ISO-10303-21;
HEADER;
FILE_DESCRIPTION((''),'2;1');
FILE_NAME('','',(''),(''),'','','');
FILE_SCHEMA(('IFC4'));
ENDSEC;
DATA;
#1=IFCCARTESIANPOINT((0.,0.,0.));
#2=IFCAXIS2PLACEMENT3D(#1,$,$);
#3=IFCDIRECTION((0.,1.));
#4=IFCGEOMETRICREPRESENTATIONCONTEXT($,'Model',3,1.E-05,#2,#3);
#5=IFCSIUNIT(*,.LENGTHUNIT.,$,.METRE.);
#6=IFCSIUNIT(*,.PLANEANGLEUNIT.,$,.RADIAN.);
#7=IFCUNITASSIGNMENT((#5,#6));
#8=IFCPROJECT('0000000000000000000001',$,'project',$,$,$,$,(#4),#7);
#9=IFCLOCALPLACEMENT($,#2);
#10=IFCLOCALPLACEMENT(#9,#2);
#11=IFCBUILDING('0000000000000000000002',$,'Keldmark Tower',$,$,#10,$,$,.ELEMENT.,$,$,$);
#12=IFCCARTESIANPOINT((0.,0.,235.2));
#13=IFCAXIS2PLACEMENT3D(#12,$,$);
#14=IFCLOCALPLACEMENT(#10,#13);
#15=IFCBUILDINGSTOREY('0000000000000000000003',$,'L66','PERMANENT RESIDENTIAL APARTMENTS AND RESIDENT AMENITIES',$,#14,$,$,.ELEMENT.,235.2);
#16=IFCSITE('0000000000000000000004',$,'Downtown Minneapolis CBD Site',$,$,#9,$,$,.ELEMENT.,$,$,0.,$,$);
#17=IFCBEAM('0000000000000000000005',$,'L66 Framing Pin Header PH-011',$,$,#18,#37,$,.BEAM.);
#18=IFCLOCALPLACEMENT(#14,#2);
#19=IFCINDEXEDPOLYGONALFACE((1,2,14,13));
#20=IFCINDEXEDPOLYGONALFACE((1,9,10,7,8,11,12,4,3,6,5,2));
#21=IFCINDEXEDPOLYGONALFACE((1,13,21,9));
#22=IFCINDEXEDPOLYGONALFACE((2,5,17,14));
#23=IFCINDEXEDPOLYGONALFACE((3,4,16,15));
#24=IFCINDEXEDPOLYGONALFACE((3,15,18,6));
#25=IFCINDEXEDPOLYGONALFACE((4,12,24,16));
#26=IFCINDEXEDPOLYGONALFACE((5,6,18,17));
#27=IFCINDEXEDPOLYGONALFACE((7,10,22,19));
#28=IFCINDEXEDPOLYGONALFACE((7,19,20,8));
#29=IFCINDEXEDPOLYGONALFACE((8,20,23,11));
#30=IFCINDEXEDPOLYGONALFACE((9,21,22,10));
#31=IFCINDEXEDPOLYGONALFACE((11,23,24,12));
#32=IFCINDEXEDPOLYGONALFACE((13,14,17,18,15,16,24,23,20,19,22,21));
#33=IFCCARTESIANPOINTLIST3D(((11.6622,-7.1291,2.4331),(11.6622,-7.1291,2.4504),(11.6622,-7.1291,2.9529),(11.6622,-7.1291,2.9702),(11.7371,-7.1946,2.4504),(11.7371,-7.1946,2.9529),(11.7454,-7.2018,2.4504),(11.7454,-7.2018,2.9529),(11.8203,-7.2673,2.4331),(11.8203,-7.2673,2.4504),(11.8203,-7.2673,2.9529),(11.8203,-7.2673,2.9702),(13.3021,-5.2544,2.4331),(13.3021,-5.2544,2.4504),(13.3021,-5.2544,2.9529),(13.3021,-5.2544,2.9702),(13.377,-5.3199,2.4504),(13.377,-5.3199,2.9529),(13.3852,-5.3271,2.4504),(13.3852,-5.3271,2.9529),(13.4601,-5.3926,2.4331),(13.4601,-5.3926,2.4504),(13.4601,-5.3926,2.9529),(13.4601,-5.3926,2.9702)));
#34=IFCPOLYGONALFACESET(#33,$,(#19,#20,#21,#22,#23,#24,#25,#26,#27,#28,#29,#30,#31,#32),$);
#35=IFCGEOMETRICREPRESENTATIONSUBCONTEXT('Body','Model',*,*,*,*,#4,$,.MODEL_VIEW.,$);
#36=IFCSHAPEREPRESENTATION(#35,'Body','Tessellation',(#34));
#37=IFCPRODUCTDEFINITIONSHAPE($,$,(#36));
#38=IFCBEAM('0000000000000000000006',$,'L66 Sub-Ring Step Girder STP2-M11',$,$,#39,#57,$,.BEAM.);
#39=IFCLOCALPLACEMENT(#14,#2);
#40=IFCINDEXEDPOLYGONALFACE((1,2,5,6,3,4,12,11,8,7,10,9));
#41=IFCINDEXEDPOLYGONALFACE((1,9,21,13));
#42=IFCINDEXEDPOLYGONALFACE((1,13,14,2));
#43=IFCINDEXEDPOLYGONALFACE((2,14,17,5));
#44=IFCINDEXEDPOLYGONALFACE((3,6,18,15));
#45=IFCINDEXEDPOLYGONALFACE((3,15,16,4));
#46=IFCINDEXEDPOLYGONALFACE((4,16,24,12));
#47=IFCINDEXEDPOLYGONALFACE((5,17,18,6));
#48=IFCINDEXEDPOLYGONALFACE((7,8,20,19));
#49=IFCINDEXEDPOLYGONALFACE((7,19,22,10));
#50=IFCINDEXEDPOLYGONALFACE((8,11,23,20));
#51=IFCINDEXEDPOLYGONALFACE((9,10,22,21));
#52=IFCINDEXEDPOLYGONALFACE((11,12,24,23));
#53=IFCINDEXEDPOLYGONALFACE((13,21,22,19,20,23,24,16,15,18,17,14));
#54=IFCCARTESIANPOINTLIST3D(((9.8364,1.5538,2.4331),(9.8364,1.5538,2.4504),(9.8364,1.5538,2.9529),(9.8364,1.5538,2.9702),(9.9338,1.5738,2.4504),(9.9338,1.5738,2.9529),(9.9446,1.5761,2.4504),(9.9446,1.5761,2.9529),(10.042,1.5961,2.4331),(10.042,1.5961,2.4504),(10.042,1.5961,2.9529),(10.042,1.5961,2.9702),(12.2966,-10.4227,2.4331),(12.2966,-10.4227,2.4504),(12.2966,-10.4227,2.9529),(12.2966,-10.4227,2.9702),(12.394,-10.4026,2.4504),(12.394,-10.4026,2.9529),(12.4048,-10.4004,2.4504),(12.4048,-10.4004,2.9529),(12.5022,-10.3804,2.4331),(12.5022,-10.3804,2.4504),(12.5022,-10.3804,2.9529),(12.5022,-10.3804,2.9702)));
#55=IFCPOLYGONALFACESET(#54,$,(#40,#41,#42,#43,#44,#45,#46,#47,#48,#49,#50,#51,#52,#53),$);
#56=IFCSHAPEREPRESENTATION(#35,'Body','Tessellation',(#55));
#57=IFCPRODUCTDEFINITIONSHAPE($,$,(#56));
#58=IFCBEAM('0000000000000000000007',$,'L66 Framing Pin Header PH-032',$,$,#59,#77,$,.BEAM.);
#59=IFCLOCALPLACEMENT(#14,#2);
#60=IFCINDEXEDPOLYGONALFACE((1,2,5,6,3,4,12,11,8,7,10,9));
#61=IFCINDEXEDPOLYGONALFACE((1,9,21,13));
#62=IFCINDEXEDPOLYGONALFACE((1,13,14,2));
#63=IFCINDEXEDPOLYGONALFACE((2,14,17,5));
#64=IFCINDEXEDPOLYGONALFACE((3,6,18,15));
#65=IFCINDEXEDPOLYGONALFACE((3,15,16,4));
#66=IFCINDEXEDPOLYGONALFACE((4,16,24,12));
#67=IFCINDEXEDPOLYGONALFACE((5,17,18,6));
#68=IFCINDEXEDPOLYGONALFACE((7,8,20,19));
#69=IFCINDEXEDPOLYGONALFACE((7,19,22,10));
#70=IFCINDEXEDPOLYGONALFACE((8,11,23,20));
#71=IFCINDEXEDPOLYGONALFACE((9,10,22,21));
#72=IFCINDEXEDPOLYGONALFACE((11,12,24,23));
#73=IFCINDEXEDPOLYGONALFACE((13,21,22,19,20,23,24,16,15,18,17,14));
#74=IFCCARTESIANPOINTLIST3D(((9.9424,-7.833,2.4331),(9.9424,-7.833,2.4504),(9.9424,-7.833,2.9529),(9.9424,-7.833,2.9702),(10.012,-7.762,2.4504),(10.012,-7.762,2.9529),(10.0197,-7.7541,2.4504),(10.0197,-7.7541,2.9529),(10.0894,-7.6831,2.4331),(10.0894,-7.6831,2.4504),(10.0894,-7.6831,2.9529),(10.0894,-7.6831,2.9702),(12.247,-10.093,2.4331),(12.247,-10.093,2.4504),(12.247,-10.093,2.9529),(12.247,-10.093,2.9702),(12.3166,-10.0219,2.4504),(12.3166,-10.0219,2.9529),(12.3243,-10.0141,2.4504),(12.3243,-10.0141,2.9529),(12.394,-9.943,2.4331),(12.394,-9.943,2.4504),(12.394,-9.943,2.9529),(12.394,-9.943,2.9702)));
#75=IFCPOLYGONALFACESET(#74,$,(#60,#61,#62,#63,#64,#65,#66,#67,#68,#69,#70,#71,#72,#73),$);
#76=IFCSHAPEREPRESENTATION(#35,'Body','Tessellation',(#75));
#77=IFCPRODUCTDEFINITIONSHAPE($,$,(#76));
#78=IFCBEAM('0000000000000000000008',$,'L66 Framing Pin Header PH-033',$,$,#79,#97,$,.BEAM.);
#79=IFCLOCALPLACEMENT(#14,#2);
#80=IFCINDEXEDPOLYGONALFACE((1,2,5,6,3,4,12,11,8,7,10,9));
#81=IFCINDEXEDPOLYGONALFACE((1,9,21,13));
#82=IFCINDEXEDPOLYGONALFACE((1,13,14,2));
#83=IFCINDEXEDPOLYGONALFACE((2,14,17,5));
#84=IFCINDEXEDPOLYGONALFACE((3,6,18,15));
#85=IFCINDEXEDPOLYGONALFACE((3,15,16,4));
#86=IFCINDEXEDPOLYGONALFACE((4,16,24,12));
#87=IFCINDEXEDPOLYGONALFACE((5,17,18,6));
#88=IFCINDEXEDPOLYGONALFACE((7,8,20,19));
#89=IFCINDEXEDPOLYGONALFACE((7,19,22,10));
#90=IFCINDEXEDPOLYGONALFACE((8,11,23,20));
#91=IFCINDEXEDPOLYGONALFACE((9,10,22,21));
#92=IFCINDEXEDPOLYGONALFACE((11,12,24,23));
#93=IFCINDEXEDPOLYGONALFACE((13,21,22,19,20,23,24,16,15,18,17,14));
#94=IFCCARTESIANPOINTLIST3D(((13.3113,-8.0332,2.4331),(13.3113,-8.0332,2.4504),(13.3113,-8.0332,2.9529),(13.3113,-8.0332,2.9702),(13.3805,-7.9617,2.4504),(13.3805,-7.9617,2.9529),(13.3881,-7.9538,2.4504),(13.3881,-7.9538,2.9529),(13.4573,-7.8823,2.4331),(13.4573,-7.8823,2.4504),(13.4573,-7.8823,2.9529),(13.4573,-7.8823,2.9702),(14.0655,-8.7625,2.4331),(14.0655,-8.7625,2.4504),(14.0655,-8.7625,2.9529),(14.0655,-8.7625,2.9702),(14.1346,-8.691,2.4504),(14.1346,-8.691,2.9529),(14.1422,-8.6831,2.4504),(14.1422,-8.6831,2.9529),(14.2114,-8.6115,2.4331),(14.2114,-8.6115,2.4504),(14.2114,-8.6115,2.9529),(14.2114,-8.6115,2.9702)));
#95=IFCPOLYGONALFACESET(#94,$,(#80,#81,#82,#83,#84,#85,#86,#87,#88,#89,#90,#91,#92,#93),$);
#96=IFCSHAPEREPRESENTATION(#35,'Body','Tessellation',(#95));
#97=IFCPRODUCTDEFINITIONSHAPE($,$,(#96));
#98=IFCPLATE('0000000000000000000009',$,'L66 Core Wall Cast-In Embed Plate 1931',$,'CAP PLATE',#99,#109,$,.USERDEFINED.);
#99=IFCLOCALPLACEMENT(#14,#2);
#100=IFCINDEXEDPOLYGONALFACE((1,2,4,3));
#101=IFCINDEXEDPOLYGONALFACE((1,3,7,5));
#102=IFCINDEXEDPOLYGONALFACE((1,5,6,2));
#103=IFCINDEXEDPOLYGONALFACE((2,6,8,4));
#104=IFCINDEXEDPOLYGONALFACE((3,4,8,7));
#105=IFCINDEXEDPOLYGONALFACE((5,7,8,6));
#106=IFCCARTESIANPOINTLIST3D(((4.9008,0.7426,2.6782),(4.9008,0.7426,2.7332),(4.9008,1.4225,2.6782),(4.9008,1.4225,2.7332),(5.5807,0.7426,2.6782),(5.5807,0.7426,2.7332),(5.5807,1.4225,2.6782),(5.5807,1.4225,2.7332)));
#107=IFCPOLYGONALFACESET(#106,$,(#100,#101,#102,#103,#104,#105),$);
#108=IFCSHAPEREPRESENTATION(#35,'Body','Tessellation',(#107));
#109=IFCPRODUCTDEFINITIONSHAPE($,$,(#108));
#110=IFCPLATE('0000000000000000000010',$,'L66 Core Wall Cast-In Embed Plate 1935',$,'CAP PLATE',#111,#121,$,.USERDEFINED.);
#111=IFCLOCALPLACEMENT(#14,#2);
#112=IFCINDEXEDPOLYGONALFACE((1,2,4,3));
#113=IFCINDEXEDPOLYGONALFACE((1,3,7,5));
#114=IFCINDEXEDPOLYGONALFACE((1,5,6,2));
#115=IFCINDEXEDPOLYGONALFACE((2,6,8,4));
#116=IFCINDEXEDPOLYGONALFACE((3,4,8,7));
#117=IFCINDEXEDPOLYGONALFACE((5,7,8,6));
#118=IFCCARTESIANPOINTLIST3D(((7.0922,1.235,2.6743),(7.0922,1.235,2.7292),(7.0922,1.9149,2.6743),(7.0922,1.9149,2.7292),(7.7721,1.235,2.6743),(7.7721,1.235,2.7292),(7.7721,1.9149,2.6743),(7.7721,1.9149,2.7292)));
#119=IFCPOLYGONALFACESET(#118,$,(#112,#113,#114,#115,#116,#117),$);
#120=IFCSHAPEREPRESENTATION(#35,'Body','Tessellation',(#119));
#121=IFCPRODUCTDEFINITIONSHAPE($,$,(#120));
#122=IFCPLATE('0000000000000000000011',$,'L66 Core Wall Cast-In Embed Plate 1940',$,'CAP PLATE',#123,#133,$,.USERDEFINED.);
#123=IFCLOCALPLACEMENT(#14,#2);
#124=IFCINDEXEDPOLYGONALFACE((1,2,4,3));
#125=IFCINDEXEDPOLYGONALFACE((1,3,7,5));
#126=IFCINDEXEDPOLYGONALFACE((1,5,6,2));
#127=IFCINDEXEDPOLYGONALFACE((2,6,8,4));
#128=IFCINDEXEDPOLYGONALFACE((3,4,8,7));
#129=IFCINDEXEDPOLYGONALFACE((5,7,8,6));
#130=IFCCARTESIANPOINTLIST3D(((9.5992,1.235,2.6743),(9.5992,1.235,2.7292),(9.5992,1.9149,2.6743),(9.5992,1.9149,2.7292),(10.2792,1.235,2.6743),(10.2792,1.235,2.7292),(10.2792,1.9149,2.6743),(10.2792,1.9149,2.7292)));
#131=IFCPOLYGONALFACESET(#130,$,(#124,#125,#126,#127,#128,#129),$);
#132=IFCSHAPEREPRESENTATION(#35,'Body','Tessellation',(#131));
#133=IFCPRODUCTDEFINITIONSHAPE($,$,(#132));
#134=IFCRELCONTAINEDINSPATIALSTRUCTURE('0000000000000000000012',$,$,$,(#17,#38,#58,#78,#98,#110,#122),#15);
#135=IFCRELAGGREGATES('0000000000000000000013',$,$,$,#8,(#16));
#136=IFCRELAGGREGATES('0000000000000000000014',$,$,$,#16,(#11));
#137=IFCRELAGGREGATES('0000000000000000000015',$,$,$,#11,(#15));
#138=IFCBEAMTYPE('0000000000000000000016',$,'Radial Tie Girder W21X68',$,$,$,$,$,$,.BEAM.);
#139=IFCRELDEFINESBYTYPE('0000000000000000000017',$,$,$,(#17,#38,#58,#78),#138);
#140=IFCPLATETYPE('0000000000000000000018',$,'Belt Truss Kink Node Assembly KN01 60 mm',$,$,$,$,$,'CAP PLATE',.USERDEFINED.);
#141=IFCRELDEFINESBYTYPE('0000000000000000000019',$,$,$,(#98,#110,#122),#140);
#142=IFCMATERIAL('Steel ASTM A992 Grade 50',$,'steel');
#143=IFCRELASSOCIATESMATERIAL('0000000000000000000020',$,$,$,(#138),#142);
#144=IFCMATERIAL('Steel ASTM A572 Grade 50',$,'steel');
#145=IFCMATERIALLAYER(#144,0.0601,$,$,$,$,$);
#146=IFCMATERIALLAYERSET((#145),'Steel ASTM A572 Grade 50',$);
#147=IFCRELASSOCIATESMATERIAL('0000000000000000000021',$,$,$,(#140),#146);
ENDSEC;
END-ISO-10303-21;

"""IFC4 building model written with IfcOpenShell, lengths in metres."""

from ifc_helpers import new_model, si_unit, direction, frame, origin, origin_2d, place, context, subcontext, project, spatial, rectangle, i_section, extrude, material, layer, layer_set, material_profile, profile_set, type_object, element, save


model = new_model("IFC4")

# Units and contexts
model_context = context("Model", 3, precision=1e-05, world=origin(), true_north=direction((0.0, 1.0)))
body_context = subcontext(model_context, "Body", "Model", "MODEL_VIEW")
ifc_project = project(units=[si_unit("LENGTHUNIT", "METRE"), si_unit("PLANEANGLEUNIT", "RADIAN")], contexts=[model_context])

# Site, building, storey
site_placement = place(None, origin())
site = spatial("IfcSite", under=ifc_project, at=site_placement, Name="Downtown Minneapolis CBD Site", CompositionType="ELEMENT", RefElevation=0.0)
building_placement = place(site_placement, origin())
building = spatial("IfcBuilding", under=site, at=building_placement, Name="Keldmark Tower", CompositionType="ELEMENT")
storey_placement = place(building_placement, frame((0.0, 0.0, 235.2)))
storey = spatial("IfcBuildingStorey", under=building, at=storey_placement, Name="L66", Description="PERMANENT RESIDENTIAL APARTMENTS AND RESIDENT AMENITIES", CompositionType="ELEMENT", Elevation=235.2)

# Beams
ifc_material_1 = material(Name="Steel ASTM A992 Grade 50", Category="steel")
ifc_material_profile_1 = material_profile(ifc_material_1, i_section(OverallWidth=0.21, OverallDepth=0.5371, WebThickness=0.011, FlangeThickness=0.0173, at=origin_2d()), Name="W21X68")
ifc_profile_set_1 = profile_set([ifc_material_profile_1], Name="Steel ASTM A992 Grade 50")
beam_type_1 = type_object("IfcBeamType", Name="Radial Tie Girder W21X68", PredefinedType="BEAM", material=ifc_profile_set_1)
beam_1_placement = place(storey_placement, frame((13.3811, -5.3235, 2.7017), z_axis=(-0.658387, -0.75268, 0.0), x_axis=(0.75268, -0.658387, 0.0)))
element("IfcBeam", 1, at=beam_1_placement, inside=storey, type_object=beam_type_1, Name="L66 Framing Pin Header PH-011", PredefinedType="BEAM", context=body_context, shape_type="SweptSolid", body=[
    extrude(i_section(OverallWidth=0.21, OverallDepth=0.5371, WebThickness=0.011, FlangeThickness=0.0173, at=origin_2d()), origin(), (0.0, 0.0, 1.0), 2.4907),
])
beam_2_placement = place(storey_placement, frame((9.9392, 1.575, 2.7017), z_axis=(0.201217, -0.979547, 0.0), x_axis=(0.979547, 0.201217, 0.0)))
element("IfcBeam", 2, at=beam_2_placement, inside=storey, type_object=beam_type_1, Name="L66 Sub-Ring Step Girder STP2-M11", PredefinedType="BEAM", context=body_context, shape_type="SweptSolid", body=[
    extrude(i_section(OverallWidth=0.21, OverallDepth=0.5371, WebThickness=0.011, FlangeThickness=0.0173, at=origin_2d()), origin(), (0.0, 0.0, 1.0), 12.2266),
])
beam_3_placement = place(storey_placement, frame((10.0159, -7.7581, 2.7017), z_axis=(0.713994, -0.700152, 0.0), x_axis=(0.700152, 0.713994, 0.0)))
element("IfcBeam", 3, at=beam_3_placement, inside=storey, type_object=beam_type_1, Name="L66 Framing Pin Header PH-032", PredefinedType="BEAM", context=body_context, shape_type="SweptSolid", body=[
    extrude(i_section(OverallWidth=0.21, OverallDepth=0.5371, WebThickness=0.011, FlangeThickness=0.0173, at=origin_2d()), origin(), (0.0, 0.0, 1.0), 3.2278),
])
beam_4_placement = place(storey_placement, frame((13.3843, -7.9578, 2.7017), z_axis=(0.718876, -0.695138, 0.0), x_axis=(0.695138, 0.718876, 0.0)))
element("IfcBeam", 4, at=beam_4_placement, inside=storey, type_object=beam_type_1, Name="L66 Framing Pin Header PH-033", PredefinedType="BEAM", context=body_context, shape_type="SweptSolid", body=[
    extrude(i_section(OverallWidth=0.21, OverallDepth=0.5371, WebThickness=0.011, FlangeThickness=0.0173, at=origin_2d()), origin(), (0.0, 0.0, 1.0), 1.0491),
])

# Plates
ifc_material_2 = material(Name="Steel ASTM A572 Grade 50", Category="steel")
ifc_layer_1 = layer(ifc_material_2, 0.0601)
ifc_layer_set_1 = layer_set([ifc_layer_1], Name="Steel ASTM A572 Grade 50")
plate_type = type_object("IfcPlateType", Name="Belt Truss Kink Node Assembly KN01 60 mm", ElementType="CAP PLATE", PredefinedType="USERDEFINED", material=ifc_layer_set_1)
for number, where, z_axis, x_axis, name in (
    (5, (5.2407, 1.0825, 2.6782), (0.0, 0.0, 1.0), (1.0, 0.0, 0.0), "L66 Core Wall Cast-In Embed Plate 1931"),
    (6, (7.4321, 1.575, 2.6743), (0.0, 0.0, 1.0), (1.0, 0.0, 0.0), "L66 Core Wall Cast-In Embed Plate 1935"),
    (7, (9.9392, 1.575, 2.6743), (0.0, 0.0, 1.0), (1.0, 0.0, 0.0), "L66 Core Wall Cast-In Embed Plate 1940"),
):
    element("IfcPlate", number, at=place(storey_placement, frame(where, z_axis=z_axis, x_axis=x_axis)), inside=storey, type_object=plate_type, Name=name, ObjectType="CAP PLATE", PredefinedType="USERDEFINED", context=body_context, shape_type="SweptSolid", body=[
        extrude(rectangle(XDim=0.6799, YDim=0.6799, at=origin_2d()), origin(), (0.0, 0.0, 1.0), 0.0549),
    ])

save(model, "model.ifc")
